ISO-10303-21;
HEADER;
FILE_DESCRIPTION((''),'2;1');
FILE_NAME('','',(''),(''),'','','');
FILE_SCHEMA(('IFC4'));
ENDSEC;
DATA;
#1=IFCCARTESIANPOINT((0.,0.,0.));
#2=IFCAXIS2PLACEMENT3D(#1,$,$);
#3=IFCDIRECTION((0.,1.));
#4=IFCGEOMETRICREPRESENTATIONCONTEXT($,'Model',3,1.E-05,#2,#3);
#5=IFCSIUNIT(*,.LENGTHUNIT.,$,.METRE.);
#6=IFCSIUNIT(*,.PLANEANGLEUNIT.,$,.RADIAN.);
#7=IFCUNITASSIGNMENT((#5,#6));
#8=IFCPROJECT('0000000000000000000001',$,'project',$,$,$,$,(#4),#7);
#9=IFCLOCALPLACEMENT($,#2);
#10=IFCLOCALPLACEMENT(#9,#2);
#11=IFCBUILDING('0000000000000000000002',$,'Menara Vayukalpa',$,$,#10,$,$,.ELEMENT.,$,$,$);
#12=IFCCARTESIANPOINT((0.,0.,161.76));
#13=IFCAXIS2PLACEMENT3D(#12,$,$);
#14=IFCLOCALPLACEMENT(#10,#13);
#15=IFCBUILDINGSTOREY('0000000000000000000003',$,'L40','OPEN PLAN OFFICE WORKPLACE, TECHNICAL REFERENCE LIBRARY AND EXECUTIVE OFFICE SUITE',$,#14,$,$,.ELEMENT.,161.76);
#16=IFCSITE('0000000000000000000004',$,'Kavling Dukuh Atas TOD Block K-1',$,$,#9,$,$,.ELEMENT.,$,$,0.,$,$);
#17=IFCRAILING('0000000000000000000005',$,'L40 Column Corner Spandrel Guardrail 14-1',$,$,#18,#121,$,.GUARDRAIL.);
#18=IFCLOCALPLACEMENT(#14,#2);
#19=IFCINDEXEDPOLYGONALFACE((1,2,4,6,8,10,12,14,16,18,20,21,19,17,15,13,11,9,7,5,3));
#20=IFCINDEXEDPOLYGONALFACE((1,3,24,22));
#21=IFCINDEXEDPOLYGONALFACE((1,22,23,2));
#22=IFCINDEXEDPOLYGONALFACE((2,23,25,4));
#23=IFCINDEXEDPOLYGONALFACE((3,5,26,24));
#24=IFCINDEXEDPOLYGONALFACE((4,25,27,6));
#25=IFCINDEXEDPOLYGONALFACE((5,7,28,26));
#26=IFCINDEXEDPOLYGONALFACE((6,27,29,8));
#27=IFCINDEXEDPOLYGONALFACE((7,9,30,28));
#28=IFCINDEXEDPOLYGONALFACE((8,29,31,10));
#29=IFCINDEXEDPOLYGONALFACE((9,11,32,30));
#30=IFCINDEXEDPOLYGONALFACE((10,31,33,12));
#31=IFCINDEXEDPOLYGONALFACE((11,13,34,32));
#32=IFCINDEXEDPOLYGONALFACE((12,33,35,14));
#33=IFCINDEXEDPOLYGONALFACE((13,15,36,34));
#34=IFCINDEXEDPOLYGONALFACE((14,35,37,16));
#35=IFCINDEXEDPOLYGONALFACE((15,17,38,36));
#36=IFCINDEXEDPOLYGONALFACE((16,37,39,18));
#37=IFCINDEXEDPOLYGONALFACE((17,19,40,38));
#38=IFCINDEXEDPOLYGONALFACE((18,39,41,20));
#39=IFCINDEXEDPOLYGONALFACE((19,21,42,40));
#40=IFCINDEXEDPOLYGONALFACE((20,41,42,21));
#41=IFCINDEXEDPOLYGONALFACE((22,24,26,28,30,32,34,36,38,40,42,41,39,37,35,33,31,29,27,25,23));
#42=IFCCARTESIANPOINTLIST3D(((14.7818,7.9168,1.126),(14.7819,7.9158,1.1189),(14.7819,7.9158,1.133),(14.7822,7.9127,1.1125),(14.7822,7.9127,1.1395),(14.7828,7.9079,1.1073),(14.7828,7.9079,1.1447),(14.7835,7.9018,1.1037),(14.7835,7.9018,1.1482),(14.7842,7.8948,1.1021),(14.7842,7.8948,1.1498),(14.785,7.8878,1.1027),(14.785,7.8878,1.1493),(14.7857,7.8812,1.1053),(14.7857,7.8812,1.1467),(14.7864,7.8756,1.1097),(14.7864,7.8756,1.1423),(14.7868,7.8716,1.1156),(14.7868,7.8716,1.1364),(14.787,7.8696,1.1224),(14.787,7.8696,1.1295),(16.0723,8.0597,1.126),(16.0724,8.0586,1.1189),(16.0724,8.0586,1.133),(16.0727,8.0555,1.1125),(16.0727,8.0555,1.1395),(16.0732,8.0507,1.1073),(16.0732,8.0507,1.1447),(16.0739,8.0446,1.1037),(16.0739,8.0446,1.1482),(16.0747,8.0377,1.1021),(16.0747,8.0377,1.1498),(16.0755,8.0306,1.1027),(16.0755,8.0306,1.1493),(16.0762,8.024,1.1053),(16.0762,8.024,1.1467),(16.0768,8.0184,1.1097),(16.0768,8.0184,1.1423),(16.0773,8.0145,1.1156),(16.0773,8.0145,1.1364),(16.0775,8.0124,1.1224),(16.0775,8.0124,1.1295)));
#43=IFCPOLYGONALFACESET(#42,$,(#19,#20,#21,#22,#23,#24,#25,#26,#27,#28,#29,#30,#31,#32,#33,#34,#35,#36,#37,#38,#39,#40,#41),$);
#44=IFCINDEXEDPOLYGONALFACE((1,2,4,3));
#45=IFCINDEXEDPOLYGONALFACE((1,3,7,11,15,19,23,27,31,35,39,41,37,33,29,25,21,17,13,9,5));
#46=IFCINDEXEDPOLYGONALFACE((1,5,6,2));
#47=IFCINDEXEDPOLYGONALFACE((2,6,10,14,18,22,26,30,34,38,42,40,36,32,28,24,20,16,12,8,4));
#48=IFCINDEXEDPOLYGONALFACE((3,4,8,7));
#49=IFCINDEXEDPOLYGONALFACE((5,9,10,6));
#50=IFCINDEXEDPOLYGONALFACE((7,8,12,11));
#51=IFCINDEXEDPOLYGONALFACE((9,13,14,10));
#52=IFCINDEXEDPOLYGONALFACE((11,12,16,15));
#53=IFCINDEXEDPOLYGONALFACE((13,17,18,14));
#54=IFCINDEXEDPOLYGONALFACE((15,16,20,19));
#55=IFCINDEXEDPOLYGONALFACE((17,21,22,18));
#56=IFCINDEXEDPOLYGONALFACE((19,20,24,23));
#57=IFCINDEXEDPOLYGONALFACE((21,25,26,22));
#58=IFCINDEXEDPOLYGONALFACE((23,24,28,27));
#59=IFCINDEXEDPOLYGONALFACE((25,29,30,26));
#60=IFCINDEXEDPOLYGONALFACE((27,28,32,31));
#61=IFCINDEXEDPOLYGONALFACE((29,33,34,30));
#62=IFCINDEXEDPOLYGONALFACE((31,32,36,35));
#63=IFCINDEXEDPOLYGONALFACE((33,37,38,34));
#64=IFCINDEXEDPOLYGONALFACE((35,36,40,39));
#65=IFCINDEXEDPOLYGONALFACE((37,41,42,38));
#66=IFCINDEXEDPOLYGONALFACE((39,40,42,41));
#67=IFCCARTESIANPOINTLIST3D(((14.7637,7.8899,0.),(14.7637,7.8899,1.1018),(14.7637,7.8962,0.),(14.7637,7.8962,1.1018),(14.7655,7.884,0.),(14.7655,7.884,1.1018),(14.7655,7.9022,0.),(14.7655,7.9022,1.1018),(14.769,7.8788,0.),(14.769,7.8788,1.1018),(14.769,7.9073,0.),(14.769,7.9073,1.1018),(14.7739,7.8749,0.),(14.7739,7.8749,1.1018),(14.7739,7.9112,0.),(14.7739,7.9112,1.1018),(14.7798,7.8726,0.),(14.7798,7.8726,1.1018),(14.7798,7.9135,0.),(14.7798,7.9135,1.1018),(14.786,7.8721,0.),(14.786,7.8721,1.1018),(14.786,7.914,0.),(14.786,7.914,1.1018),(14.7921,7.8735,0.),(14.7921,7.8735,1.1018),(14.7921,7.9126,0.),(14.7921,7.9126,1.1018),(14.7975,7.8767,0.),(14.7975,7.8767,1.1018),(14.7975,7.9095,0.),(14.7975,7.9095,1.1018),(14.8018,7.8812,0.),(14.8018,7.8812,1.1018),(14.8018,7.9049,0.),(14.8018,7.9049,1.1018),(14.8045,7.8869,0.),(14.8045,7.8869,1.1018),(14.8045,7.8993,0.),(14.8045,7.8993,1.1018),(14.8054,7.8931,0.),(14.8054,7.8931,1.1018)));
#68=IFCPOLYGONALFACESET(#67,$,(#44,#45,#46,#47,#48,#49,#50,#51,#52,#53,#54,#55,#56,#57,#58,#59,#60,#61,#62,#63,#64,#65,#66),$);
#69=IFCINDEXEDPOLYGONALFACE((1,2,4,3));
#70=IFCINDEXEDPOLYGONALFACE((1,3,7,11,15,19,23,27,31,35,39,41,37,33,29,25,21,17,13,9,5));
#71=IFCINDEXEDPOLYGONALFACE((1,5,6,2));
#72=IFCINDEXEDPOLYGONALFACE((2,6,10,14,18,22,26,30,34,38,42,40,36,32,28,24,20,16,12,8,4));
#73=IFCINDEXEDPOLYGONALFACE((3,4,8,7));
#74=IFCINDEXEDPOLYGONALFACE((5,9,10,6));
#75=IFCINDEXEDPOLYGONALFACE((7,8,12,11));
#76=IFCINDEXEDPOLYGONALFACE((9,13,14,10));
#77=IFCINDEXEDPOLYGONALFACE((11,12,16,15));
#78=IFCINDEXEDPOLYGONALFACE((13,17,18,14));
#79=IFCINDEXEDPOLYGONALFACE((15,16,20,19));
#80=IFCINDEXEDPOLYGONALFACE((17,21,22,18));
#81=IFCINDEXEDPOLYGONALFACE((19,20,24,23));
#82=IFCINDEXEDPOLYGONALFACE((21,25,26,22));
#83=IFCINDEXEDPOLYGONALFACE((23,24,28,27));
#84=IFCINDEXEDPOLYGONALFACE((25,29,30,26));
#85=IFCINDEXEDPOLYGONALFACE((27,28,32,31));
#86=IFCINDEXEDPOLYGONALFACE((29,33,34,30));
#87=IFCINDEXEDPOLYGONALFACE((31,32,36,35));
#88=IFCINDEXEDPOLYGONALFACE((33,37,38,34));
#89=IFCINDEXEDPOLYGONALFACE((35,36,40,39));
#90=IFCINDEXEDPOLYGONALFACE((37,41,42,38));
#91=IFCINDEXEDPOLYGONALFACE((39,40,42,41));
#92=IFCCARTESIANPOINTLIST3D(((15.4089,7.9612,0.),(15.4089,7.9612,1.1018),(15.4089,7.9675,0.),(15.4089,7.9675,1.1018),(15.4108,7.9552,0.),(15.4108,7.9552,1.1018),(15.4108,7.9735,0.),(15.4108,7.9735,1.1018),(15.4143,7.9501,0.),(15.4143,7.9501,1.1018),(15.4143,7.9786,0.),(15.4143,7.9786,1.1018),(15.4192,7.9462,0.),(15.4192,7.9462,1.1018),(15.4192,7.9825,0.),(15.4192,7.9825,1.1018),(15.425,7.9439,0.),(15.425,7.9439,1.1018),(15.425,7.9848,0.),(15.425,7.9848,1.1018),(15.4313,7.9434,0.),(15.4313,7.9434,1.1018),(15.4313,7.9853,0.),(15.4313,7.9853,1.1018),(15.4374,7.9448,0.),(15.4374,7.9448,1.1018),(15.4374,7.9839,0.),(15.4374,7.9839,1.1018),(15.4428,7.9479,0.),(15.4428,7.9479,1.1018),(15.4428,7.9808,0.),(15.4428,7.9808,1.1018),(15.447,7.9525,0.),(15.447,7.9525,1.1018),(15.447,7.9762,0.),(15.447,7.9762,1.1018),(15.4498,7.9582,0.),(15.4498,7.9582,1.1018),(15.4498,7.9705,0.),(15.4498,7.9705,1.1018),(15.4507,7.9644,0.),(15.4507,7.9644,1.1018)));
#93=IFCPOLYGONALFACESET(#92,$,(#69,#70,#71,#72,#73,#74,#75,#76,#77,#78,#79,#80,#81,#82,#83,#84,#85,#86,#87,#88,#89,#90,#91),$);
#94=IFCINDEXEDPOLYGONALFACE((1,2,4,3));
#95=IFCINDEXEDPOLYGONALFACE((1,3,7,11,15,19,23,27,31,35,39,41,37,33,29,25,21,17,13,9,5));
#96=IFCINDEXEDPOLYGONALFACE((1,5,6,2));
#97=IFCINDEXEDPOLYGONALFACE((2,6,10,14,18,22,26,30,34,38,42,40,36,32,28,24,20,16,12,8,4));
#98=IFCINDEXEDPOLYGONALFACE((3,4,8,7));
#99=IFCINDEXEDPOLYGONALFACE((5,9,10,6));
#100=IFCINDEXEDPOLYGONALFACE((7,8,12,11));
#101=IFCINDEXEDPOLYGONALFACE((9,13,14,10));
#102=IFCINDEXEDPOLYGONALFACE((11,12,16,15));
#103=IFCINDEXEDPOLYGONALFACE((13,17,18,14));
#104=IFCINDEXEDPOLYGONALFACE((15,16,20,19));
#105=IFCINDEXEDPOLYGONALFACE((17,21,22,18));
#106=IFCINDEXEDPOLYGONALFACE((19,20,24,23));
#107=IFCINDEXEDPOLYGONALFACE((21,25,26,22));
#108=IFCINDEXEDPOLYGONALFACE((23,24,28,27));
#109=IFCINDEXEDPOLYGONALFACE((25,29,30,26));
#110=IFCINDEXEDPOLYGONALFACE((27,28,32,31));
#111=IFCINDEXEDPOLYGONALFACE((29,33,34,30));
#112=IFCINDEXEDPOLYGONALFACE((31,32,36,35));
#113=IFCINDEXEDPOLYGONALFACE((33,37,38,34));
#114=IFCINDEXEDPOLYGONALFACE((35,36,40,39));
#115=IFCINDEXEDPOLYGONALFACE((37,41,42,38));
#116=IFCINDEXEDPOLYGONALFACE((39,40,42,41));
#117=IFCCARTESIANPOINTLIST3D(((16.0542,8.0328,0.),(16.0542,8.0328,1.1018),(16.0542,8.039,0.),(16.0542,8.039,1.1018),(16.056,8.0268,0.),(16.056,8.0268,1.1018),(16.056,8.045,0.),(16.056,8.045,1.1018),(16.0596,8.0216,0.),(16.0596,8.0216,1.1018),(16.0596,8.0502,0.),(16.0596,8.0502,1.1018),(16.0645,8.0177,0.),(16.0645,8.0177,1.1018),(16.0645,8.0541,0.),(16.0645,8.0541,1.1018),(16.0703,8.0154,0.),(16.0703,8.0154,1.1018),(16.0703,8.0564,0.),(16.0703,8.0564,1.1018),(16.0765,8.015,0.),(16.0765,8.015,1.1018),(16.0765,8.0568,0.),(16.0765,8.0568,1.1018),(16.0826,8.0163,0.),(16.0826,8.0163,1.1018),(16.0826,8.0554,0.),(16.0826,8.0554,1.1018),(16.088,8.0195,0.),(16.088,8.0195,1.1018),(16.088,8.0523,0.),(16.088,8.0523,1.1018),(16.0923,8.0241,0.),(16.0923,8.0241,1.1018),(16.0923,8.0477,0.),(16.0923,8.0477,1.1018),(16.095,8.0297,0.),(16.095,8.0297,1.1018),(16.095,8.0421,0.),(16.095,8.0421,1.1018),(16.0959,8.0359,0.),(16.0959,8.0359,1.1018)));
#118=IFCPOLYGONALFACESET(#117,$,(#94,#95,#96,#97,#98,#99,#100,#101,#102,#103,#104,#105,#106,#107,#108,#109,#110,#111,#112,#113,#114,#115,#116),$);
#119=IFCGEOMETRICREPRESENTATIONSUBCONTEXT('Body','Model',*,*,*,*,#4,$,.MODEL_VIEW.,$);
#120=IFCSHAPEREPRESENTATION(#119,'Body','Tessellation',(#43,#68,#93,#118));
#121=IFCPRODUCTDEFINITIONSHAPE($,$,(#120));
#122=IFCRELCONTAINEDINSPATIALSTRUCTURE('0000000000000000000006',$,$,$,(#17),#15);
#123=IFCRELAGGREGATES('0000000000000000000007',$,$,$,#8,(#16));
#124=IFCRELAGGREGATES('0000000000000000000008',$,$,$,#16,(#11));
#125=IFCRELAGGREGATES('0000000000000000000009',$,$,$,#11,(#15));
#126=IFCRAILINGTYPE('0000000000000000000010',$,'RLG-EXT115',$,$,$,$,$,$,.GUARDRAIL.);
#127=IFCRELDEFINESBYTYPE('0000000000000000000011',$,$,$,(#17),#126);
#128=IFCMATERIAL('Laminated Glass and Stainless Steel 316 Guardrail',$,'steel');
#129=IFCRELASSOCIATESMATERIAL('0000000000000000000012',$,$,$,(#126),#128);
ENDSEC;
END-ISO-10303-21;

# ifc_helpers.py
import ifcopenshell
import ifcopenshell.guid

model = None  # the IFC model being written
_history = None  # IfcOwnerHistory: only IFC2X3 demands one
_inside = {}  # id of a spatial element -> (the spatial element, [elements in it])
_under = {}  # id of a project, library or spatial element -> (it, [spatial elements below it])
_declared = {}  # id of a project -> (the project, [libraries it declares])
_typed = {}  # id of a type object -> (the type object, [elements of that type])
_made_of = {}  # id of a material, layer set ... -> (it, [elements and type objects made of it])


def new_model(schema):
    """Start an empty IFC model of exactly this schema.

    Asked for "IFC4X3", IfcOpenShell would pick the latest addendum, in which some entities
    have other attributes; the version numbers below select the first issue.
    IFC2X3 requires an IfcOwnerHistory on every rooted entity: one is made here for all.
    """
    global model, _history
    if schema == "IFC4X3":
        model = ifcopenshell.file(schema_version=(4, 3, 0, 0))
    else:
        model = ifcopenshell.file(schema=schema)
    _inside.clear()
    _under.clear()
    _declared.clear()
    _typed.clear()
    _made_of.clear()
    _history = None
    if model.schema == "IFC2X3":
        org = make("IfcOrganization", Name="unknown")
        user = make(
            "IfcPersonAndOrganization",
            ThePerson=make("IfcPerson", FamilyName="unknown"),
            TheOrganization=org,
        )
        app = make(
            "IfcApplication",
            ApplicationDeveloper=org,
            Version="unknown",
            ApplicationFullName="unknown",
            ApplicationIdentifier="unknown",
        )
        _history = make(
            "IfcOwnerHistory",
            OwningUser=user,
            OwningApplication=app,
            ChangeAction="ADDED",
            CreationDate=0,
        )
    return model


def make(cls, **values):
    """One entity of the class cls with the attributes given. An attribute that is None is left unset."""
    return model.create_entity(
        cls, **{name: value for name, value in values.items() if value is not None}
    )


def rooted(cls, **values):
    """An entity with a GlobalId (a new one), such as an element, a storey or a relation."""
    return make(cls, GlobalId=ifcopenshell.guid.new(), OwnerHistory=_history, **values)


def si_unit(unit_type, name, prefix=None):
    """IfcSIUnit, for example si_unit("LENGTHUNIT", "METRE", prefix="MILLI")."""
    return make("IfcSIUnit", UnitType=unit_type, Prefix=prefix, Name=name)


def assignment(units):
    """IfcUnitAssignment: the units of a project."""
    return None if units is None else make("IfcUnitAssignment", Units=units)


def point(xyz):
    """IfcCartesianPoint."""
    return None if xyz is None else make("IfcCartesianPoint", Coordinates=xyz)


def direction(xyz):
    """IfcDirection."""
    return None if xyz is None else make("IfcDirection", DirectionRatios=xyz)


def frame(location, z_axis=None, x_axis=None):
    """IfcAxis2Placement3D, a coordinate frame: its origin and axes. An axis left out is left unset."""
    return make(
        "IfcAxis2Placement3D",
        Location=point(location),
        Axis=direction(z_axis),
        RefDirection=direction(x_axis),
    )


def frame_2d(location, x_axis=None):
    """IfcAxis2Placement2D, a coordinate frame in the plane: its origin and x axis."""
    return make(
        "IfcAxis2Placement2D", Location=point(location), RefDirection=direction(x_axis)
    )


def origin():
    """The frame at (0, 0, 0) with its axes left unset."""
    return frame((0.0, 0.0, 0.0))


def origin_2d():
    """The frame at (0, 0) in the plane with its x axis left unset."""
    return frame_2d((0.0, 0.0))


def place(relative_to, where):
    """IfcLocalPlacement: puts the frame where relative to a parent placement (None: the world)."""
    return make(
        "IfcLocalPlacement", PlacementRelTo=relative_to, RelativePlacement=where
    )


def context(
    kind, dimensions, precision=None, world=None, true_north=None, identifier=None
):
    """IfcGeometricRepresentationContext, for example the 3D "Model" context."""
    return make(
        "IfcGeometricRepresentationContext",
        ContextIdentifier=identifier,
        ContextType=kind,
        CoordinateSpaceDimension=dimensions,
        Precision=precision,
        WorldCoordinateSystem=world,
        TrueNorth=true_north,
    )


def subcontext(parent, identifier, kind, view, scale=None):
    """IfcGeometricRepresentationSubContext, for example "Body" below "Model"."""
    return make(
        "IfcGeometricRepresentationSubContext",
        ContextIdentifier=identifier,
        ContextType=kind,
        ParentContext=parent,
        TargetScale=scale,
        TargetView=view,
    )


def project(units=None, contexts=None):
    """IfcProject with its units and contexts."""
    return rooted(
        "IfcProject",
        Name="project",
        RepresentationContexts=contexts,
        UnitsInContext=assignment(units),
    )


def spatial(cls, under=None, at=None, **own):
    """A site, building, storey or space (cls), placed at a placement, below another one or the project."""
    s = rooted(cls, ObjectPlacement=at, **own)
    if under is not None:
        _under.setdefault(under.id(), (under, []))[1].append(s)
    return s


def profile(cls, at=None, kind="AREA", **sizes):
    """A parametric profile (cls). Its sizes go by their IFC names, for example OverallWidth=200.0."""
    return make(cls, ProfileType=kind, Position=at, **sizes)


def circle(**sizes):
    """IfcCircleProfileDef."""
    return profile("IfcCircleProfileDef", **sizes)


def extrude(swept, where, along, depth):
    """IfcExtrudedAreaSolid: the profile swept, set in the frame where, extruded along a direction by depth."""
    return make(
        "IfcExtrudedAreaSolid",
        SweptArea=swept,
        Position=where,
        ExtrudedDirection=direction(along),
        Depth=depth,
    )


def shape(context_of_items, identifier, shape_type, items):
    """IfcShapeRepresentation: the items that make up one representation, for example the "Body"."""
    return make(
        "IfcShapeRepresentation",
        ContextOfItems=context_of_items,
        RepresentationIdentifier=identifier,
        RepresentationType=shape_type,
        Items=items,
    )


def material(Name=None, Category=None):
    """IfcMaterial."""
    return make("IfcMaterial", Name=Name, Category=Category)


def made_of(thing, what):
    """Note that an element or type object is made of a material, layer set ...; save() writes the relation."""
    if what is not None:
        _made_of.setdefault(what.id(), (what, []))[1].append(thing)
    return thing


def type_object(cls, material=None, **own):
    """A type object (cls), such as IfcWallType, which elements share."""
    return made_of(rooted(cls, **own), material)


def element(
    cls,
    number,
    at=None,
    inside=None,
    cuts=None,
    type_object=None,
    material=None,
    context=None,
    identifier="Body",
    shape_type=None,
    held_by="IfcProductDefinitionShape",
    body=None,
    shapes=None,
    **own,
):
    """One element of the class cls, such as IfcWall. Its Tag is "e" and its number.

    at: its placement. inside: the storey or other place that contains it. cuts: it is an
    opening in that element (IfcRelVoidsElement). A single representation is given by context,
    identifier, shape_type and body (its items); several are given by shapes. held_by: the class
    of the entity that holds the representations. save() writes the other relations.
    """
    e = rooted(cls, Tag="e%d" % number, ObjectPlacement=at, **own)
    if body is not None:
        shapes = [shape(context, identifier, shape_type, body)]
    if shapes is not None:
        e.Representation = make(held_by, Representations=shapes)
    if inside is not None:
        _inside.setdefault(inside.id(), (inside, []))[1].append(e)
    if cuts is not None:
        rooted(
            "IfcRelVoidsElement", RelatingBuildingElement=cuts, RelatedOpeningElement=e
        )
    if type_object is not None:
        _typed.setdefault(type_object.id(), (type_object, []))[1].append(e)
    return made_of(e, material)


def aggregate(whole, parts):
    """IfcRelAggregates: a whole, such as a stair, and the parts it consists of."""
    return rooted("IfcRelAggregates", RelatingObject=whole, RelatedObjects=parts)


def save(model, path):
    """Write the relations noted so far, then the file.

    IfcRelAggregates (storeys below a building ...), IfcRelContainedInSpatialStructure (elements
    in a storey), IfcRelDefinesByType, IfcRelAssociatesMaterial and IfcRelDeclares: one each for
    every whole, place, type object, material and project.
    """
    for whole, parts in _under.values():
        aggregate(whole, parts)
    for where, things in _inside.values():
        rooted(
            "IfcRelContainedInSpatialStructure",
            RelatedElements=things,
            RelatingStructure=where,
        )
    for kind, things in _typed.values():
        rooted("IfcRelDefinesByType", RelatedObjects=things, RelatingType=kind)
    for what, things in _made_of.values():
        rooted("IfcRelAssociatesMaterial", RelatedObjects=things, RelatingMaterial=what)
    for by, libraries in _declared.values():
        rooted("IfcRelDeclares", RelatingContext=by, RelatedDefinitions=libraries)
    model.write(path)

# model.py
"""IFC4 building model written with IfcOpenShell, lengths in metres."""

from ifc_helpers import new_model, si_unit, direction, frame, origin, origin_2d, place, context, subcontext, project, spatial, circle, extrude, material, type_object, element, save


model = new_model("IFC4")

# Units and contexts
model_context = context("Model", 3, precision=1e-05, world=origin(), true_north=direction((0.0, 1.0)))
body_context = subcontext(model_context, "Body", "Model", "MODEL_VIEW")
ifc_project = project(units=[si_unit("LENGTHUNIT", "METRE"), si_unit("PLANEANGLEUNIT", "RADIAN")], contexts=[model_context])

# Site, building, storey
site_placement = place(None, origin())
site = spatial("IfcSite", under=ifc_project, at=site_placement, Name="Kavling Dukuh Atas TOD Block K-1", CompositionType="ELEMENT", RefElevation=0.0)
building_placement = place(site_placement, origin())
building = spatial("IfcBuilding", under=site, at=building_placement, Name="Menara Vayukalpa", CompositionType="ELEMENT")
storey_placement = place(building_placement, frame((0.0, 0.0, 161.76)))
storey = spatial("IfcBuildingStorey", under=building, at=storey_placement, Name="L40", Description="OPEN PLAN OFFICE WORKPLACE, TECHNICAL REFERENCE LIBRARY AND EXECUTIVE OFFICE SUITE", CompositionType="ELEMENT", Elevation=161.76)

# Railing
ifc_material_1 = material(Name="Laminated Glass and Stainless Steel 316 Guardrail", Category="steel")
railing_type = type_object("IfcRailingType", Name="RLG-EXT115", PredefinedType="GUARDRAIL", material=ifc_material_1)
railing_1_placement = place(storey_placement, frame((14.7844, 7.8931, 0.0)))
element("IfcRailing", 1, at=railing_1_placement, inside=storey, type_object=railing_type, Name="L40 Column Corner Spandrel Guardrail 14-1", PredefinedType="GUARDRAIL", context=body_context, shape_type="SweptSolid", body=[
    extrude(circle(Radius=0.0239, at=origin_2d()), frame((0.0, 0.0, 1.126), z_axis=(0.993932, 0.109998, 0.0), x_axis=(-0.109998, 0.993932, 0.0)), (0.0, 0.0, 1.0), 1.2983),
    extrude(circle(Radius=0.021, at=origin_2d()), origin(), (0.0, 0.0, 1.0), 1.1018),
    extrude(circle(Radius=0.021, at=origin_2d()), frame((0.6453, 0.0713, 0.0)), (0.0, 0.0, 1.0), 1.1018),
    extrude(circle(Radius=0.021, at=origin_2d()), frame((1.2905, 0.1428, 0.0)), (0.0, 0.0, 1.0), 1.1018),
])

save(model, "model.ifc")
